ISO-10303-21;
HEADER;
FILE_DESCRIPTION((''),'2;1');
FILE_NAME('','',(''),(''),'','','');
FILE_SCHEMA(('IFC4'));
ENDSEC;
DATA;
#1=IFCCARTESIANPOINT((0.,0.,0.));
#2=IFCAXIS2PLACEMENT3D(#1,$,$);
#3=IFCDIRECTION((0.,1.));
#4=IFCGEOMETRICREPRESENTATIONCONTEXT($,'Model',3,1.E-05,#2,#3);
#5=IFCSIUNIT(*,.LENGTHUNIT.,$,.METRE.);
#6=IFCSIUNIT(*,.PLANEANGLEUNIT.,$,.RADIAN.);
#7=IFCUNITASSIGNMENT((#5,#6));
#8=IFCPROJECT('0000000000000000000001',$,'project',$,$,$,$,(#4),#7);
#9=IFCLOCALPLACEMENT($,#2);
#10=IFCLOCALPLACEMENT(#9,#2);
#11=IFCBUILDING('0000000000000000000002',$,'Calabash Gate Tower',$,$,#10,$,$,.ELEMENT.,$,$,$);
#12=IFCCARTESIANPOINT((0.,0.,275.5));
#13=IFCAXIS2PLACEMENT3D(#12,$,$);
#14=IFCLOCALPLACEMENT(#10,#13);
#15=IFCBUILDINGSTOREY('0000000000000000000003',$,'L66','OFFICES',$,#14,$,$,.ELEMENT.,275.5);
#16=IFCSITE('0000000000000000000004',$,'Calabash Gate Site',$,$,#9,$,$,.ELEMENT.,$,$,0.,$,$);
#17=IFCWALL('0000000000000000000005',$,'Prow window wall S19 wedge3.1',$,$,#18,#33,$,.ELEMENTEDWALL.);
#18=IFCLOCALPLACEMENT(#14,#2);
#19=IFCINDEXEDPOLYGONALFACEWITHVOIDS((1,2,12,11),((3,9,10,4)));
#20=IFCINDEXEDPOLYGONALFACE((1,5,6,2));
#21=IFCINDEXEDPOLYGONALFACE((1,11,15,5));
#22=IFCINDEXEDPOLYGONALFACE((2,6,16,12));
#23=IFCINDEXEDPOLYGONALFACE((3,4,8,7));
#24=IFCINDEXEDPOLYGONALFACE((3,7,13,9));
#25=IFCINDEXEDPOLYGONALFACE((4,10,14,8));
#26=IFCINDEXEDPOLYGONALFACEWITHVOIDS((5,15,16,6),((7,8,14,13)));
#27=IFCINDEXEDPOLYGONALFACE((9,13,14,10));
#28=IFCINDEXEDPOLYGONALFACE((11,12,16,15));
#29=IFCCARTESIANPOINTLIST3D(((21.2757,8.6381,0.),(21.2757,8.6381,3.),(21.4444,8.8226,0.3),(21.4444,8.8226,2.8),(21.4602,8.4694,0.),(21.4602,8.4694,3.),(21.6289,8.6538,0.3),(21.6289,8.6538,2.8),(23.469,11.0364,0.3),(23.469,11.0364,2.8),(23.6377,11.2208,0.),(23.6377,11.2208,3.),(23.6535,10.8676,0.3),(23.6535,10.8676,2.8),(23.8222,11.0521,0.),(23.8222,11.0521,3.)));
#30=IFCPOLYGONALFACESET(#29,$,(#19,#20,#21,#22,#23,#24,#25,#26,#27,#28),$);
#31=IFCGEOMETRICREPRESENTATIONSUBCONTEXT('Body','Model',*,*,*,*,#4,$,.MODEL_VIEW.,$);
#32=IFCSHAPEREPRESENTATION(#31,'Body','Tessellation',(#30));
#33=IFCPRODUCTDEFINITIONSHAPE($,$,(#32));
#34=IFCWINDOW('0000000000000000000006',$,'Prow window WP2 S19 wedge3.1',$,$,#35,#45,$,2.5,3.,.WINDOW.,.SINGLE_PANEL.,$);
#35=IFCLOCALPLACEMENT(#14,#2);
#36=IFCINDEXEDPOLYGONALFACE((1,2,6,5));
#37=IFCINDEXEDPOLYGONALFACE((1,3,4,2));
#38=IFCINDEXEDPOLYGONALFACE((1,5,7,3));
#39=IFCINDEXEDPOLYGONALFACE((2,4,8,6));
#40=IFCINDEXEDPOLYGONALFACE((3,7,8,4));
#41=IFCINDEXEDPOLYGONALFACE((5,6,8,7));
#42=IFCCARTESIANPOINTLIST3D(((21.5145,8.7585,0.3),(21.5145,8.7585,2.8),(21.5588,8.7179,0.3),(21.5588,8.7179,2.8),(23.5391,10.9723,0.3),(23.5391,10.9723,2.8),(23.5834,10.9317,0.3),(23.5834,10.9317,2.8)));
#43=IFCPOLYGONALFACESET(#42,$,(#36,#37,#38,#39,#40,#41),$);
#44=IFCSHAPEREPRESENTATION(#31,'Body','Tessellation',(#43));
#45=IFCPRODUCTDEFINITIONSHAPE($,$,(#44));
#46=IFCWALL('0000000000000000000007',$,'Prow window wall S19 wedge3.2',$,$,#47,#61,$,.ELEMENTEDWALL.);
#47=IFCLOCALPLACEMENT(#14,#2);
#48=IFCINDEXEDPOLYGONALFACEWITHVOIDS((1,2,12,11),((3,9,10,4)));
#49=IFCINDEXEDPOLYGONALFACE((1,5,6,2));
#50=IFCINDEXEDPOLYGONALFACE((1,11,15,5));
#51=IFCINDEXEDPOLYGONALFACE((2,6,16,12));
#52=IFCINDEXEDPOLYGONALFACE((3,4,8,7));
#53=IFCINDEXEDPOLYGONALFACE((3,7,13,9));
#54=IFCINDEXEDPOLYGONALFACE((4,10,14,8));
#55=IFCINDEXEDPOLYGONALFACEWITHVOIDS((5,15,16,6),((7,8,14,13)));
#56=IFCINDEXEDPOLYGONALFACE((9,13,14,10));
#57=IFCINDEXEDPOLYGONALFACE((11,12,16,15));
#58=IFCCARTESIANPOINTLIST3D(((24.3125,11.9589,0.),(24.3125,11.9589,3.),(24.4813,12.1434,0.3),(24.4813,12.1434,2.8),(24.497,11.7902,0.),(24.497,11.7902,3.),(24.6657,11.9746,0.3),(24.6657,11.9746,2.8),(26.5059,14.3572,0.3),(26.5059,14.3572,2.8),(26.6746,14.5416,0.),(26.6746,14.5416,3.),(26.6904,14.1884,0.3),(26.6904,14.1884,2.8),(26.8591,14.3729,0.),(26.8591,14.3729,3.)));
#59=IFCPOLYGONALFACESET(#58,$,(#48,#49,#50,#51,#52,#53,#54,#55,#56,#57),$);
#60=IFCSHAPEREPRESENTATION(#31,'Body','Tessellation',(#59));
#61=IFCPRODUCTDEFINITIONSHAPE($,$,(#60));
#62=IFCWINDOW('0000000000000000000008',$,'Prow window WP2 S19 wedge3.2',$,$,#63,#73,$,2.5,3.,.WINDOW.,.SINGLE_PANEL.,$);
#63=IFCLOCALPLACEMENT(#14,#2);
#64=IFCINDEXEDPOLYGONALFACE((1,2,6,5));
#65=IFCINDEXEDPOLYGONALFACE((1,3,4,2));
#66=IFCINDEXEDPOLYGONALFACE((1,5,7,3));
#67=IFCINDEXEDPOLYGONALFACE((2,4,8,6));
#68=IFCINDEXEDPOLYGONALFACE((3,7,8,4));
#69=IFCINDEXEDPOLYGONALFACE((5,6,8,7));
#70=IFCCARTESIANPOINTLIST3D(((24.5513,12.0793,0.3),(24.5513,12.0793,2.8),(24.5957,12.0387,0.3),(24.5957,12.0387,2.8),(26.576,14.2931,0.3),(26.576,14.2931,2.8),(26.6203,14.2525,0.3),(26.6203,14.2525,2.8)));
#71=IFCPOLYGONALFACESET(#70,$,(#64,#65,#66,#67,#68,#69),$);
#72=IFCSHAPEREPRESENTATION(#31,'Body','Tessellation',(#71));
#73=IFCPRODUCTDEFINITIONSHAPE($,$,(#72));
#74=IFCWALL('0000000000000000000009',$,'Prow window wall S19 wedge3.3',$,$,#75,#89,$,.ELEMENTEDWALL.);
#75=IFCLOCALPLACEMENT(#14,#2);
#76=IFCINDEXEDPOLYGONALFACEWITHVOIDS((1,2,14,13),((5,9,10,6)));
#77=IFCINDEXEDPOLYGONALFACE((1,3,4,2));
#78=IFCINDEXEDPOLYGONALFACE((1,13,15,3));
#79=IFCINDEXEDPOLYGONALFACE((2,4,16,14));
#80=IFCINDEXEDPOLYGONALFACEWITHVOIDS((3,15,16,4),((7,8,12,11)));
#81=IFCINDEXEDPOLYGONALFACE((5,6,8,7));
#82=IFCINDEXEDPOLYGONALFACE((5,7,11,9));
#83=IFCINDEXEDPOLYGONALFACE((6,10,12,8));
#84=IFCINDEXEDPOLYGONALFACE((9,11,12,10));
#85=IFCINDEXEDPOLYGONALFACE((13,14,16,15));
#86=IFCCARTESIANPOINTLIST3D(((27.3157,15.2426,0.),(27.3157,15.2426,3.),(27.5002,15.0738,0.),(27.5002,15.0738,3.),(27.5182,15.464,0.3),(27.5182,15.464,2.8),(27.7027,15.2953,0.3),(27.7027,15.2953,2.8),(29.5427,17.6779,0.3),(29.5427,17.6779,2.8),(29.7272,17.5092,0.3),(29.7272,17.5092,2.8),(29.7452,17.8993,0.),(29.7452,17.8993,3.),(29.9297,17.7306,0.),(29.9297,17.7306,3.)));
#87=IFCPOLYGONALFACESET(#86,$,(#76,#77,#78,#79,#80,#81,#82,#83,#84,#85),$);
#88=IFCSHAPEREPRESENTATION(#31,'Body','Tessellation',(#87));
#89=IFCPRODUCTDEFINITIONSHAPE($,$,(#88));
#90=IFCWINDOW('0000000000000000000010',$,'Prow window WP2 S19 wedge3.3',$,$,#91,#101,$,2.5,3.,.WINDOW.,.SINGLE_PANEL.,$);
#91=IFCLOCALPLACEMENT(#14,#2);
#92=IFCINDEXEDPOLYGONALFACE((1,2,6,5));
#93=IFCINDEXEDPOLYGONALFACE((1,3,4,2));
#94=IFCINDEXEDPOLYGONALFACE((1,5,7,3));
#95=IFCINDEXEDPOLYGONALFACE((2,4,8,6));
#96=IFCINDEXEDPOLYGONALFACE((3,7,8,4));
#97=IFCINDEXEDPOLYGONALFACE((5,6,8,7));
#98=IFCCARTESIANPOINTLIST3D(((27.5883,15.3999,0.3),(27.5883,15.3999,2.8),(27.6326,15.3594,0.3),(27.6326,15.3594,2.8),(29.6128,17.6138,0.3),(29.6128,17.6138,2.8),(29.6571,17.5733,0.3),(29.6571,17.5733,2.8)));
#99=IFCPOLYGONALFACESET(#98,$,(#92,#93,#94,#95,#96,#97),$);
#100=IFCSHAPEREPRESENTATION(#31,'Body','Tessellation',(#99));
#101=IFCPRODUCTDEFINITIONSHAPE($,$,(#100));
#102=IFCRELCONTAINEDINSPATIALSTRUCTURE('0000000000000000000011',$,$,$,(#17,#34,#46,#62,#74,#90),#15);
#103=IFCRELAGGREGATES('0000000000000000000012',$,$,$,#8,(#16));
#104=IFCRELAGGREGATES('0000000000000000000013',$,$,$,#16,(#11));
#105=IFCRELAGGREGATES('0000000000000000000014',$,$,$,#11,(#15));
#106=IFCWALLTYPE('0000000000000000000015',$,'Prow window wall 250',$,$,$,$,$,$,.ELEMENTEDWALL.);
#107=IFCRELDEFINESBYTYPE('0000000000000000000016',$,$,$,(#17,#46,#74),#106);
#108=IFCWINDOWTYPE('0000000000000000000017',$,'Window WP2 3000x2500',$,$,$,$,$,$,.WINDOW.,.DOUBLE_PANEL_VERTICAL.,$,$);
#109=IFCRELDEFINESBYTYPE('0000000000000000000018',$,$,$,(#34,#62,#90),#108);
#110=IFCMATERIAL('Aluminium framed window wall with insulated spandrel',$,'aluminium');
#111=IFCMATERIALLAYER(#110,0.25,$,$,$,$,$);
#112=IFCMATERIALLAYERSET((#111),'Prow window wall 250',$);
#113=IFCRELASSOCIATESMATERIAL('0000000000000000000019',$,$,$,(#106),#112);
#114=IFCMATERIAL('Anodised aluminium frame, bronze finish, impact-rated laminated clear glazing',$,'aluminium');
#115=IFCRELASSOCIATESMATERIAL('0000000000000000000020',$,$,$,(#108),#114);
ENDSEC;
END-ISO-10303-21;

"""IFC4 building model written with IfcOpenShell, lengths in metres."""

from ifc_helpers import new_model, si_unit, direction, frame, frame_2d, origin, place, context, subcontext, project, spatial, rectangle, extrude, material, layer, layer_set, type_object, element, fill, save


model = new_model("IFC4")

# Units and contexts
model_context = context("Model", 3, precision=1e-05, world=origin(), true_north=direction((0.0, 1.0)))
body_context = subcontext(model_context, "Body", "Model", "MODEL_VIEW")
ifc_project = project(units=[si_unit("LENGTHUNIT", "METRE"), si_unit("PLANEANGLEUNIT", "RADIAN")], contexts=[model_context])

# Site, building, storey
site_placement = place(None, origin())
site = spatial("IfcSite", under=ifc_project, at=site_placement, Name="Calabash Gate Site", CompositionType="ELEMENT", RefElevation=0.0)
building_placement = place(site_placement, origin())
building = spatial("IfcBuilding", under=site, at=building_placement, Name="Calabash Gate Tower", CompositionType="ELEMENT")
storey_placement = place(building_placement, frame((0.0, 0.0, 275.5)))
storey = spatial("IfcBuildingStorey", under=building, at=storey_placement, Name="L66", Description="OFFICES", CompositionType="ELEMENT", Elevation=275.5)

# Walls, openings, windows
ifc_material_1 = material(Name="Aluminium framed window wall with insulated spandrel", Category="aluminium")
ifc_layer_1 = layer(ifc_material_1, 0.25)
ifc_layer_set_1 = layer_set([ifc_layer_1], Name="Prow window wall 250")
wall_type_1 = type_object("IfcWallType", Name="Prow window wall 250", PredefinedType="ELEMENTEDWALL", material=ifc_layer_set_1)
wall_1_placement = place(storey_placement, frame((21.3679, 8.5537, 0.0), z_axis=(0.0, 0.0, 1.0), x_axis=(0.674874, 0.737933, 0.0)))
wall_1 = element("IfcWall", 1, at=wall_1_placement, inside=storey, type_object=wall_type_1, Name="Prow window wall S19 wedge3.1", PredefinedType="ELEMENTEDWALL", context=body_context, shape_type="SweptSolid", body=[
    extrude(rectangle(XDim=3.5, YDim=0.25, at=frame_2d((1.75, 0.0))), origin(), (0.0, 0.0, 1.0), 3.0),
])
opening_1_placement = place(wall_1_placement, frame((0.25, 0.0, 0.3)))
opening_1 = element("IfcOpeningElement", 2, at=opening_1_placement, cuts=wall_1, PredefinedType="OPENING", context=body_context, shape_type="SweptSolid", body=[
    extrude(rectangle(XDim=3.0, YDim=2.5, at=frame_2d((1.5, 1.25))), frame((0.0, 0.135, 0.0), z_axis=(0.0, -1.0, 0.0), x_axis=(1.0, 0.0, 0.0)), (0.0, 0.0, 1.0), 0.27),
])
ifc_material_2 = material(Name="Anodised aluminium frame, bronze finish, impact-rated laminated clear glazing", Category="aluminium")
window_type = type_object("IfcWindowType", Name="Window WP2 3000x2500", PartitioningType="DOUBLE_PANEL_VERTICAL", PredefinedType="WINDOW", material=ifc_material_2)
window_1_placement = place(opening_1_placement, origin())
window_1 = element("IfcWindow", 3, at=window_1_placement, inside=storey, type_object=window_type, Name="Prow window WP2 S19 wedge3.1", OverallHeight=2.5, OverallWidth=3.0, PartitioningType="SINGLE_PANEL", PredefinedType="WINDOW", context=body_context, shape_type="SweptSolid", body=[
    extrude(rectangle(XDim=3.0, YDim=2.5, at=frame_2d((1.5, 1.25))), frame((0.0, 0.03, 0.0), z_axis=(0.0, -1.0, 0.0), x_axis=(1.0, 0.0, 0.0)), (0.0, 0.0, 1.0), 0.0601),
])
fill(opening_1, window_1)
wall_2_placement = place(storey_placement, frame((24.4048, 11.8745, 0.0), z_axis=(0.0, 0.0, 1.0), x_axis=(0.674874, 0.737933, 0.0)))
wall_2 = element("IfcWall", 4, at=wall_2_placement, inside=storey, type_object=wall_type_1, Name="Prow window wall S19 wedge3.2", PredefinedType="ELEMENTEDWALL", context=body_context, shape_type="SweptSolid", body=[
    extrude(rectangle(XDim=3.5, YDim=0.25, at=frame_2d((1.75, 0.0))), origin(), (0.0, 0.0, 1.0), 3.0),
])
opening_2_placement = place(wall_2_placement, frame((0.25, 0.0, 0.3)))
opening_2 = element("IfcOpeningElement", 5, at=opening_2_placement, cuts=wall_2, PredefinedType="OPENING", context=body_context, shape_type="SweptSolid", body=[
    extrude(rectangle(XDim=3.0, YDim=2.5, at=frame_2d((1.5, 1.25))), frame((0.0, 0.135, 0.0), z_axis=(0.0, -1.0, 0.0), x_axis=(1.0, 0.0, 0.0)), (0.0, 0.0, 1.0), 0.27),
])
window_2_placement = place(opening_2_placement, origin())
window_2 = element("IfcWindow", 6, at=window_2_placement, inside=storey, type_object=window_type, Name="Prow window WP2 S19 wedge3.2", OverallHeight=2.5, OverallWidth=3.0, PartitioningType="SINGLE_PANEL", PredefinedType="WINDOW", context=body_context, shape_type="SweptSolid", body=[
    extrude(rectangle(XDim=3.0, YDim=2.5, at=frame_2d((1.5, 1.25))), frame((0.0, 0.03, 0.0), z_axis=(0.0, -1.0, 0.0), x_axis=(1.0, 0.0, 0.0)), (0.0, 0.0, 1.0), 0.0601),
])
fill(opening_2, window_2)
wall_3_placement = place(storey_placement, frame((27.408, 15.1582, 0.0), z_axis=(0.0, 0.0, 1.0), x_axis=(0.674834, 0.73797, 0.0)))
wall_3 = element("IfcWall", 7, at=wall_3_placement, inside=storey, type_object=wall_type_1, Name="Prow window wall S19 wedge3.3", PredefinedType="ELEMENTEDWALL", context=body_context, shape_type="SweptSolid", body=[
    extrude(rectangle(XDim=3.6001, YDim=0.25, at=frame_2d((1.8, 0.0))), origin(), (0.0, 0.0, 1.0), 3.0),
])
opening_3_placement = place(wall_3_placement, frame((0.3, 0.0, 0.3)))
opening_3 = element("IfcOpeningElement", 8, at=opening_3_placement, cuts=wall_3, PredefinedType="OPENING", context=body_context, shape_type="SweptSolid", body=[
    extrude(rectangle(XDim=3.0, YDim=2.5, at=frame_2d((1.5, 1.25))), frame((0.0, 0.135, 0.0), z_axis=(0.0, -1.0, 0.0), x_axis=(1.0, 0.0, 0.0)), (0.0, 0.0, 1.0), 0.27),
])
window_3_placement = place(opening_3_placement, origin())
window_3 = element("IfcWindow", 9, at=window_3_placement, inside=storey, type_object=window_type, Name="Prow window WP2 S19 wedge3.3", OverallHeight=2.5, OverallWidth=3.0, PartitioningType="SINGLE_PANEL", PredefinedType="WINDOW", context=body_context, shape_type="SweptSolid", body=[
    extrude(rectangle(XDim=3.0, YDim=2.5, at=frame_2d((1.5, 1.25))), frame((0.0, 0.03, 0.0), z_axis=(0.0, -1.0, 0.0), x_axis=(1.0, 0.0, 0.0)), (0.0, 0.0, 1.0), 0.0601),
])
fill(opening_3, window_3)

save(model, "model.ifc")
